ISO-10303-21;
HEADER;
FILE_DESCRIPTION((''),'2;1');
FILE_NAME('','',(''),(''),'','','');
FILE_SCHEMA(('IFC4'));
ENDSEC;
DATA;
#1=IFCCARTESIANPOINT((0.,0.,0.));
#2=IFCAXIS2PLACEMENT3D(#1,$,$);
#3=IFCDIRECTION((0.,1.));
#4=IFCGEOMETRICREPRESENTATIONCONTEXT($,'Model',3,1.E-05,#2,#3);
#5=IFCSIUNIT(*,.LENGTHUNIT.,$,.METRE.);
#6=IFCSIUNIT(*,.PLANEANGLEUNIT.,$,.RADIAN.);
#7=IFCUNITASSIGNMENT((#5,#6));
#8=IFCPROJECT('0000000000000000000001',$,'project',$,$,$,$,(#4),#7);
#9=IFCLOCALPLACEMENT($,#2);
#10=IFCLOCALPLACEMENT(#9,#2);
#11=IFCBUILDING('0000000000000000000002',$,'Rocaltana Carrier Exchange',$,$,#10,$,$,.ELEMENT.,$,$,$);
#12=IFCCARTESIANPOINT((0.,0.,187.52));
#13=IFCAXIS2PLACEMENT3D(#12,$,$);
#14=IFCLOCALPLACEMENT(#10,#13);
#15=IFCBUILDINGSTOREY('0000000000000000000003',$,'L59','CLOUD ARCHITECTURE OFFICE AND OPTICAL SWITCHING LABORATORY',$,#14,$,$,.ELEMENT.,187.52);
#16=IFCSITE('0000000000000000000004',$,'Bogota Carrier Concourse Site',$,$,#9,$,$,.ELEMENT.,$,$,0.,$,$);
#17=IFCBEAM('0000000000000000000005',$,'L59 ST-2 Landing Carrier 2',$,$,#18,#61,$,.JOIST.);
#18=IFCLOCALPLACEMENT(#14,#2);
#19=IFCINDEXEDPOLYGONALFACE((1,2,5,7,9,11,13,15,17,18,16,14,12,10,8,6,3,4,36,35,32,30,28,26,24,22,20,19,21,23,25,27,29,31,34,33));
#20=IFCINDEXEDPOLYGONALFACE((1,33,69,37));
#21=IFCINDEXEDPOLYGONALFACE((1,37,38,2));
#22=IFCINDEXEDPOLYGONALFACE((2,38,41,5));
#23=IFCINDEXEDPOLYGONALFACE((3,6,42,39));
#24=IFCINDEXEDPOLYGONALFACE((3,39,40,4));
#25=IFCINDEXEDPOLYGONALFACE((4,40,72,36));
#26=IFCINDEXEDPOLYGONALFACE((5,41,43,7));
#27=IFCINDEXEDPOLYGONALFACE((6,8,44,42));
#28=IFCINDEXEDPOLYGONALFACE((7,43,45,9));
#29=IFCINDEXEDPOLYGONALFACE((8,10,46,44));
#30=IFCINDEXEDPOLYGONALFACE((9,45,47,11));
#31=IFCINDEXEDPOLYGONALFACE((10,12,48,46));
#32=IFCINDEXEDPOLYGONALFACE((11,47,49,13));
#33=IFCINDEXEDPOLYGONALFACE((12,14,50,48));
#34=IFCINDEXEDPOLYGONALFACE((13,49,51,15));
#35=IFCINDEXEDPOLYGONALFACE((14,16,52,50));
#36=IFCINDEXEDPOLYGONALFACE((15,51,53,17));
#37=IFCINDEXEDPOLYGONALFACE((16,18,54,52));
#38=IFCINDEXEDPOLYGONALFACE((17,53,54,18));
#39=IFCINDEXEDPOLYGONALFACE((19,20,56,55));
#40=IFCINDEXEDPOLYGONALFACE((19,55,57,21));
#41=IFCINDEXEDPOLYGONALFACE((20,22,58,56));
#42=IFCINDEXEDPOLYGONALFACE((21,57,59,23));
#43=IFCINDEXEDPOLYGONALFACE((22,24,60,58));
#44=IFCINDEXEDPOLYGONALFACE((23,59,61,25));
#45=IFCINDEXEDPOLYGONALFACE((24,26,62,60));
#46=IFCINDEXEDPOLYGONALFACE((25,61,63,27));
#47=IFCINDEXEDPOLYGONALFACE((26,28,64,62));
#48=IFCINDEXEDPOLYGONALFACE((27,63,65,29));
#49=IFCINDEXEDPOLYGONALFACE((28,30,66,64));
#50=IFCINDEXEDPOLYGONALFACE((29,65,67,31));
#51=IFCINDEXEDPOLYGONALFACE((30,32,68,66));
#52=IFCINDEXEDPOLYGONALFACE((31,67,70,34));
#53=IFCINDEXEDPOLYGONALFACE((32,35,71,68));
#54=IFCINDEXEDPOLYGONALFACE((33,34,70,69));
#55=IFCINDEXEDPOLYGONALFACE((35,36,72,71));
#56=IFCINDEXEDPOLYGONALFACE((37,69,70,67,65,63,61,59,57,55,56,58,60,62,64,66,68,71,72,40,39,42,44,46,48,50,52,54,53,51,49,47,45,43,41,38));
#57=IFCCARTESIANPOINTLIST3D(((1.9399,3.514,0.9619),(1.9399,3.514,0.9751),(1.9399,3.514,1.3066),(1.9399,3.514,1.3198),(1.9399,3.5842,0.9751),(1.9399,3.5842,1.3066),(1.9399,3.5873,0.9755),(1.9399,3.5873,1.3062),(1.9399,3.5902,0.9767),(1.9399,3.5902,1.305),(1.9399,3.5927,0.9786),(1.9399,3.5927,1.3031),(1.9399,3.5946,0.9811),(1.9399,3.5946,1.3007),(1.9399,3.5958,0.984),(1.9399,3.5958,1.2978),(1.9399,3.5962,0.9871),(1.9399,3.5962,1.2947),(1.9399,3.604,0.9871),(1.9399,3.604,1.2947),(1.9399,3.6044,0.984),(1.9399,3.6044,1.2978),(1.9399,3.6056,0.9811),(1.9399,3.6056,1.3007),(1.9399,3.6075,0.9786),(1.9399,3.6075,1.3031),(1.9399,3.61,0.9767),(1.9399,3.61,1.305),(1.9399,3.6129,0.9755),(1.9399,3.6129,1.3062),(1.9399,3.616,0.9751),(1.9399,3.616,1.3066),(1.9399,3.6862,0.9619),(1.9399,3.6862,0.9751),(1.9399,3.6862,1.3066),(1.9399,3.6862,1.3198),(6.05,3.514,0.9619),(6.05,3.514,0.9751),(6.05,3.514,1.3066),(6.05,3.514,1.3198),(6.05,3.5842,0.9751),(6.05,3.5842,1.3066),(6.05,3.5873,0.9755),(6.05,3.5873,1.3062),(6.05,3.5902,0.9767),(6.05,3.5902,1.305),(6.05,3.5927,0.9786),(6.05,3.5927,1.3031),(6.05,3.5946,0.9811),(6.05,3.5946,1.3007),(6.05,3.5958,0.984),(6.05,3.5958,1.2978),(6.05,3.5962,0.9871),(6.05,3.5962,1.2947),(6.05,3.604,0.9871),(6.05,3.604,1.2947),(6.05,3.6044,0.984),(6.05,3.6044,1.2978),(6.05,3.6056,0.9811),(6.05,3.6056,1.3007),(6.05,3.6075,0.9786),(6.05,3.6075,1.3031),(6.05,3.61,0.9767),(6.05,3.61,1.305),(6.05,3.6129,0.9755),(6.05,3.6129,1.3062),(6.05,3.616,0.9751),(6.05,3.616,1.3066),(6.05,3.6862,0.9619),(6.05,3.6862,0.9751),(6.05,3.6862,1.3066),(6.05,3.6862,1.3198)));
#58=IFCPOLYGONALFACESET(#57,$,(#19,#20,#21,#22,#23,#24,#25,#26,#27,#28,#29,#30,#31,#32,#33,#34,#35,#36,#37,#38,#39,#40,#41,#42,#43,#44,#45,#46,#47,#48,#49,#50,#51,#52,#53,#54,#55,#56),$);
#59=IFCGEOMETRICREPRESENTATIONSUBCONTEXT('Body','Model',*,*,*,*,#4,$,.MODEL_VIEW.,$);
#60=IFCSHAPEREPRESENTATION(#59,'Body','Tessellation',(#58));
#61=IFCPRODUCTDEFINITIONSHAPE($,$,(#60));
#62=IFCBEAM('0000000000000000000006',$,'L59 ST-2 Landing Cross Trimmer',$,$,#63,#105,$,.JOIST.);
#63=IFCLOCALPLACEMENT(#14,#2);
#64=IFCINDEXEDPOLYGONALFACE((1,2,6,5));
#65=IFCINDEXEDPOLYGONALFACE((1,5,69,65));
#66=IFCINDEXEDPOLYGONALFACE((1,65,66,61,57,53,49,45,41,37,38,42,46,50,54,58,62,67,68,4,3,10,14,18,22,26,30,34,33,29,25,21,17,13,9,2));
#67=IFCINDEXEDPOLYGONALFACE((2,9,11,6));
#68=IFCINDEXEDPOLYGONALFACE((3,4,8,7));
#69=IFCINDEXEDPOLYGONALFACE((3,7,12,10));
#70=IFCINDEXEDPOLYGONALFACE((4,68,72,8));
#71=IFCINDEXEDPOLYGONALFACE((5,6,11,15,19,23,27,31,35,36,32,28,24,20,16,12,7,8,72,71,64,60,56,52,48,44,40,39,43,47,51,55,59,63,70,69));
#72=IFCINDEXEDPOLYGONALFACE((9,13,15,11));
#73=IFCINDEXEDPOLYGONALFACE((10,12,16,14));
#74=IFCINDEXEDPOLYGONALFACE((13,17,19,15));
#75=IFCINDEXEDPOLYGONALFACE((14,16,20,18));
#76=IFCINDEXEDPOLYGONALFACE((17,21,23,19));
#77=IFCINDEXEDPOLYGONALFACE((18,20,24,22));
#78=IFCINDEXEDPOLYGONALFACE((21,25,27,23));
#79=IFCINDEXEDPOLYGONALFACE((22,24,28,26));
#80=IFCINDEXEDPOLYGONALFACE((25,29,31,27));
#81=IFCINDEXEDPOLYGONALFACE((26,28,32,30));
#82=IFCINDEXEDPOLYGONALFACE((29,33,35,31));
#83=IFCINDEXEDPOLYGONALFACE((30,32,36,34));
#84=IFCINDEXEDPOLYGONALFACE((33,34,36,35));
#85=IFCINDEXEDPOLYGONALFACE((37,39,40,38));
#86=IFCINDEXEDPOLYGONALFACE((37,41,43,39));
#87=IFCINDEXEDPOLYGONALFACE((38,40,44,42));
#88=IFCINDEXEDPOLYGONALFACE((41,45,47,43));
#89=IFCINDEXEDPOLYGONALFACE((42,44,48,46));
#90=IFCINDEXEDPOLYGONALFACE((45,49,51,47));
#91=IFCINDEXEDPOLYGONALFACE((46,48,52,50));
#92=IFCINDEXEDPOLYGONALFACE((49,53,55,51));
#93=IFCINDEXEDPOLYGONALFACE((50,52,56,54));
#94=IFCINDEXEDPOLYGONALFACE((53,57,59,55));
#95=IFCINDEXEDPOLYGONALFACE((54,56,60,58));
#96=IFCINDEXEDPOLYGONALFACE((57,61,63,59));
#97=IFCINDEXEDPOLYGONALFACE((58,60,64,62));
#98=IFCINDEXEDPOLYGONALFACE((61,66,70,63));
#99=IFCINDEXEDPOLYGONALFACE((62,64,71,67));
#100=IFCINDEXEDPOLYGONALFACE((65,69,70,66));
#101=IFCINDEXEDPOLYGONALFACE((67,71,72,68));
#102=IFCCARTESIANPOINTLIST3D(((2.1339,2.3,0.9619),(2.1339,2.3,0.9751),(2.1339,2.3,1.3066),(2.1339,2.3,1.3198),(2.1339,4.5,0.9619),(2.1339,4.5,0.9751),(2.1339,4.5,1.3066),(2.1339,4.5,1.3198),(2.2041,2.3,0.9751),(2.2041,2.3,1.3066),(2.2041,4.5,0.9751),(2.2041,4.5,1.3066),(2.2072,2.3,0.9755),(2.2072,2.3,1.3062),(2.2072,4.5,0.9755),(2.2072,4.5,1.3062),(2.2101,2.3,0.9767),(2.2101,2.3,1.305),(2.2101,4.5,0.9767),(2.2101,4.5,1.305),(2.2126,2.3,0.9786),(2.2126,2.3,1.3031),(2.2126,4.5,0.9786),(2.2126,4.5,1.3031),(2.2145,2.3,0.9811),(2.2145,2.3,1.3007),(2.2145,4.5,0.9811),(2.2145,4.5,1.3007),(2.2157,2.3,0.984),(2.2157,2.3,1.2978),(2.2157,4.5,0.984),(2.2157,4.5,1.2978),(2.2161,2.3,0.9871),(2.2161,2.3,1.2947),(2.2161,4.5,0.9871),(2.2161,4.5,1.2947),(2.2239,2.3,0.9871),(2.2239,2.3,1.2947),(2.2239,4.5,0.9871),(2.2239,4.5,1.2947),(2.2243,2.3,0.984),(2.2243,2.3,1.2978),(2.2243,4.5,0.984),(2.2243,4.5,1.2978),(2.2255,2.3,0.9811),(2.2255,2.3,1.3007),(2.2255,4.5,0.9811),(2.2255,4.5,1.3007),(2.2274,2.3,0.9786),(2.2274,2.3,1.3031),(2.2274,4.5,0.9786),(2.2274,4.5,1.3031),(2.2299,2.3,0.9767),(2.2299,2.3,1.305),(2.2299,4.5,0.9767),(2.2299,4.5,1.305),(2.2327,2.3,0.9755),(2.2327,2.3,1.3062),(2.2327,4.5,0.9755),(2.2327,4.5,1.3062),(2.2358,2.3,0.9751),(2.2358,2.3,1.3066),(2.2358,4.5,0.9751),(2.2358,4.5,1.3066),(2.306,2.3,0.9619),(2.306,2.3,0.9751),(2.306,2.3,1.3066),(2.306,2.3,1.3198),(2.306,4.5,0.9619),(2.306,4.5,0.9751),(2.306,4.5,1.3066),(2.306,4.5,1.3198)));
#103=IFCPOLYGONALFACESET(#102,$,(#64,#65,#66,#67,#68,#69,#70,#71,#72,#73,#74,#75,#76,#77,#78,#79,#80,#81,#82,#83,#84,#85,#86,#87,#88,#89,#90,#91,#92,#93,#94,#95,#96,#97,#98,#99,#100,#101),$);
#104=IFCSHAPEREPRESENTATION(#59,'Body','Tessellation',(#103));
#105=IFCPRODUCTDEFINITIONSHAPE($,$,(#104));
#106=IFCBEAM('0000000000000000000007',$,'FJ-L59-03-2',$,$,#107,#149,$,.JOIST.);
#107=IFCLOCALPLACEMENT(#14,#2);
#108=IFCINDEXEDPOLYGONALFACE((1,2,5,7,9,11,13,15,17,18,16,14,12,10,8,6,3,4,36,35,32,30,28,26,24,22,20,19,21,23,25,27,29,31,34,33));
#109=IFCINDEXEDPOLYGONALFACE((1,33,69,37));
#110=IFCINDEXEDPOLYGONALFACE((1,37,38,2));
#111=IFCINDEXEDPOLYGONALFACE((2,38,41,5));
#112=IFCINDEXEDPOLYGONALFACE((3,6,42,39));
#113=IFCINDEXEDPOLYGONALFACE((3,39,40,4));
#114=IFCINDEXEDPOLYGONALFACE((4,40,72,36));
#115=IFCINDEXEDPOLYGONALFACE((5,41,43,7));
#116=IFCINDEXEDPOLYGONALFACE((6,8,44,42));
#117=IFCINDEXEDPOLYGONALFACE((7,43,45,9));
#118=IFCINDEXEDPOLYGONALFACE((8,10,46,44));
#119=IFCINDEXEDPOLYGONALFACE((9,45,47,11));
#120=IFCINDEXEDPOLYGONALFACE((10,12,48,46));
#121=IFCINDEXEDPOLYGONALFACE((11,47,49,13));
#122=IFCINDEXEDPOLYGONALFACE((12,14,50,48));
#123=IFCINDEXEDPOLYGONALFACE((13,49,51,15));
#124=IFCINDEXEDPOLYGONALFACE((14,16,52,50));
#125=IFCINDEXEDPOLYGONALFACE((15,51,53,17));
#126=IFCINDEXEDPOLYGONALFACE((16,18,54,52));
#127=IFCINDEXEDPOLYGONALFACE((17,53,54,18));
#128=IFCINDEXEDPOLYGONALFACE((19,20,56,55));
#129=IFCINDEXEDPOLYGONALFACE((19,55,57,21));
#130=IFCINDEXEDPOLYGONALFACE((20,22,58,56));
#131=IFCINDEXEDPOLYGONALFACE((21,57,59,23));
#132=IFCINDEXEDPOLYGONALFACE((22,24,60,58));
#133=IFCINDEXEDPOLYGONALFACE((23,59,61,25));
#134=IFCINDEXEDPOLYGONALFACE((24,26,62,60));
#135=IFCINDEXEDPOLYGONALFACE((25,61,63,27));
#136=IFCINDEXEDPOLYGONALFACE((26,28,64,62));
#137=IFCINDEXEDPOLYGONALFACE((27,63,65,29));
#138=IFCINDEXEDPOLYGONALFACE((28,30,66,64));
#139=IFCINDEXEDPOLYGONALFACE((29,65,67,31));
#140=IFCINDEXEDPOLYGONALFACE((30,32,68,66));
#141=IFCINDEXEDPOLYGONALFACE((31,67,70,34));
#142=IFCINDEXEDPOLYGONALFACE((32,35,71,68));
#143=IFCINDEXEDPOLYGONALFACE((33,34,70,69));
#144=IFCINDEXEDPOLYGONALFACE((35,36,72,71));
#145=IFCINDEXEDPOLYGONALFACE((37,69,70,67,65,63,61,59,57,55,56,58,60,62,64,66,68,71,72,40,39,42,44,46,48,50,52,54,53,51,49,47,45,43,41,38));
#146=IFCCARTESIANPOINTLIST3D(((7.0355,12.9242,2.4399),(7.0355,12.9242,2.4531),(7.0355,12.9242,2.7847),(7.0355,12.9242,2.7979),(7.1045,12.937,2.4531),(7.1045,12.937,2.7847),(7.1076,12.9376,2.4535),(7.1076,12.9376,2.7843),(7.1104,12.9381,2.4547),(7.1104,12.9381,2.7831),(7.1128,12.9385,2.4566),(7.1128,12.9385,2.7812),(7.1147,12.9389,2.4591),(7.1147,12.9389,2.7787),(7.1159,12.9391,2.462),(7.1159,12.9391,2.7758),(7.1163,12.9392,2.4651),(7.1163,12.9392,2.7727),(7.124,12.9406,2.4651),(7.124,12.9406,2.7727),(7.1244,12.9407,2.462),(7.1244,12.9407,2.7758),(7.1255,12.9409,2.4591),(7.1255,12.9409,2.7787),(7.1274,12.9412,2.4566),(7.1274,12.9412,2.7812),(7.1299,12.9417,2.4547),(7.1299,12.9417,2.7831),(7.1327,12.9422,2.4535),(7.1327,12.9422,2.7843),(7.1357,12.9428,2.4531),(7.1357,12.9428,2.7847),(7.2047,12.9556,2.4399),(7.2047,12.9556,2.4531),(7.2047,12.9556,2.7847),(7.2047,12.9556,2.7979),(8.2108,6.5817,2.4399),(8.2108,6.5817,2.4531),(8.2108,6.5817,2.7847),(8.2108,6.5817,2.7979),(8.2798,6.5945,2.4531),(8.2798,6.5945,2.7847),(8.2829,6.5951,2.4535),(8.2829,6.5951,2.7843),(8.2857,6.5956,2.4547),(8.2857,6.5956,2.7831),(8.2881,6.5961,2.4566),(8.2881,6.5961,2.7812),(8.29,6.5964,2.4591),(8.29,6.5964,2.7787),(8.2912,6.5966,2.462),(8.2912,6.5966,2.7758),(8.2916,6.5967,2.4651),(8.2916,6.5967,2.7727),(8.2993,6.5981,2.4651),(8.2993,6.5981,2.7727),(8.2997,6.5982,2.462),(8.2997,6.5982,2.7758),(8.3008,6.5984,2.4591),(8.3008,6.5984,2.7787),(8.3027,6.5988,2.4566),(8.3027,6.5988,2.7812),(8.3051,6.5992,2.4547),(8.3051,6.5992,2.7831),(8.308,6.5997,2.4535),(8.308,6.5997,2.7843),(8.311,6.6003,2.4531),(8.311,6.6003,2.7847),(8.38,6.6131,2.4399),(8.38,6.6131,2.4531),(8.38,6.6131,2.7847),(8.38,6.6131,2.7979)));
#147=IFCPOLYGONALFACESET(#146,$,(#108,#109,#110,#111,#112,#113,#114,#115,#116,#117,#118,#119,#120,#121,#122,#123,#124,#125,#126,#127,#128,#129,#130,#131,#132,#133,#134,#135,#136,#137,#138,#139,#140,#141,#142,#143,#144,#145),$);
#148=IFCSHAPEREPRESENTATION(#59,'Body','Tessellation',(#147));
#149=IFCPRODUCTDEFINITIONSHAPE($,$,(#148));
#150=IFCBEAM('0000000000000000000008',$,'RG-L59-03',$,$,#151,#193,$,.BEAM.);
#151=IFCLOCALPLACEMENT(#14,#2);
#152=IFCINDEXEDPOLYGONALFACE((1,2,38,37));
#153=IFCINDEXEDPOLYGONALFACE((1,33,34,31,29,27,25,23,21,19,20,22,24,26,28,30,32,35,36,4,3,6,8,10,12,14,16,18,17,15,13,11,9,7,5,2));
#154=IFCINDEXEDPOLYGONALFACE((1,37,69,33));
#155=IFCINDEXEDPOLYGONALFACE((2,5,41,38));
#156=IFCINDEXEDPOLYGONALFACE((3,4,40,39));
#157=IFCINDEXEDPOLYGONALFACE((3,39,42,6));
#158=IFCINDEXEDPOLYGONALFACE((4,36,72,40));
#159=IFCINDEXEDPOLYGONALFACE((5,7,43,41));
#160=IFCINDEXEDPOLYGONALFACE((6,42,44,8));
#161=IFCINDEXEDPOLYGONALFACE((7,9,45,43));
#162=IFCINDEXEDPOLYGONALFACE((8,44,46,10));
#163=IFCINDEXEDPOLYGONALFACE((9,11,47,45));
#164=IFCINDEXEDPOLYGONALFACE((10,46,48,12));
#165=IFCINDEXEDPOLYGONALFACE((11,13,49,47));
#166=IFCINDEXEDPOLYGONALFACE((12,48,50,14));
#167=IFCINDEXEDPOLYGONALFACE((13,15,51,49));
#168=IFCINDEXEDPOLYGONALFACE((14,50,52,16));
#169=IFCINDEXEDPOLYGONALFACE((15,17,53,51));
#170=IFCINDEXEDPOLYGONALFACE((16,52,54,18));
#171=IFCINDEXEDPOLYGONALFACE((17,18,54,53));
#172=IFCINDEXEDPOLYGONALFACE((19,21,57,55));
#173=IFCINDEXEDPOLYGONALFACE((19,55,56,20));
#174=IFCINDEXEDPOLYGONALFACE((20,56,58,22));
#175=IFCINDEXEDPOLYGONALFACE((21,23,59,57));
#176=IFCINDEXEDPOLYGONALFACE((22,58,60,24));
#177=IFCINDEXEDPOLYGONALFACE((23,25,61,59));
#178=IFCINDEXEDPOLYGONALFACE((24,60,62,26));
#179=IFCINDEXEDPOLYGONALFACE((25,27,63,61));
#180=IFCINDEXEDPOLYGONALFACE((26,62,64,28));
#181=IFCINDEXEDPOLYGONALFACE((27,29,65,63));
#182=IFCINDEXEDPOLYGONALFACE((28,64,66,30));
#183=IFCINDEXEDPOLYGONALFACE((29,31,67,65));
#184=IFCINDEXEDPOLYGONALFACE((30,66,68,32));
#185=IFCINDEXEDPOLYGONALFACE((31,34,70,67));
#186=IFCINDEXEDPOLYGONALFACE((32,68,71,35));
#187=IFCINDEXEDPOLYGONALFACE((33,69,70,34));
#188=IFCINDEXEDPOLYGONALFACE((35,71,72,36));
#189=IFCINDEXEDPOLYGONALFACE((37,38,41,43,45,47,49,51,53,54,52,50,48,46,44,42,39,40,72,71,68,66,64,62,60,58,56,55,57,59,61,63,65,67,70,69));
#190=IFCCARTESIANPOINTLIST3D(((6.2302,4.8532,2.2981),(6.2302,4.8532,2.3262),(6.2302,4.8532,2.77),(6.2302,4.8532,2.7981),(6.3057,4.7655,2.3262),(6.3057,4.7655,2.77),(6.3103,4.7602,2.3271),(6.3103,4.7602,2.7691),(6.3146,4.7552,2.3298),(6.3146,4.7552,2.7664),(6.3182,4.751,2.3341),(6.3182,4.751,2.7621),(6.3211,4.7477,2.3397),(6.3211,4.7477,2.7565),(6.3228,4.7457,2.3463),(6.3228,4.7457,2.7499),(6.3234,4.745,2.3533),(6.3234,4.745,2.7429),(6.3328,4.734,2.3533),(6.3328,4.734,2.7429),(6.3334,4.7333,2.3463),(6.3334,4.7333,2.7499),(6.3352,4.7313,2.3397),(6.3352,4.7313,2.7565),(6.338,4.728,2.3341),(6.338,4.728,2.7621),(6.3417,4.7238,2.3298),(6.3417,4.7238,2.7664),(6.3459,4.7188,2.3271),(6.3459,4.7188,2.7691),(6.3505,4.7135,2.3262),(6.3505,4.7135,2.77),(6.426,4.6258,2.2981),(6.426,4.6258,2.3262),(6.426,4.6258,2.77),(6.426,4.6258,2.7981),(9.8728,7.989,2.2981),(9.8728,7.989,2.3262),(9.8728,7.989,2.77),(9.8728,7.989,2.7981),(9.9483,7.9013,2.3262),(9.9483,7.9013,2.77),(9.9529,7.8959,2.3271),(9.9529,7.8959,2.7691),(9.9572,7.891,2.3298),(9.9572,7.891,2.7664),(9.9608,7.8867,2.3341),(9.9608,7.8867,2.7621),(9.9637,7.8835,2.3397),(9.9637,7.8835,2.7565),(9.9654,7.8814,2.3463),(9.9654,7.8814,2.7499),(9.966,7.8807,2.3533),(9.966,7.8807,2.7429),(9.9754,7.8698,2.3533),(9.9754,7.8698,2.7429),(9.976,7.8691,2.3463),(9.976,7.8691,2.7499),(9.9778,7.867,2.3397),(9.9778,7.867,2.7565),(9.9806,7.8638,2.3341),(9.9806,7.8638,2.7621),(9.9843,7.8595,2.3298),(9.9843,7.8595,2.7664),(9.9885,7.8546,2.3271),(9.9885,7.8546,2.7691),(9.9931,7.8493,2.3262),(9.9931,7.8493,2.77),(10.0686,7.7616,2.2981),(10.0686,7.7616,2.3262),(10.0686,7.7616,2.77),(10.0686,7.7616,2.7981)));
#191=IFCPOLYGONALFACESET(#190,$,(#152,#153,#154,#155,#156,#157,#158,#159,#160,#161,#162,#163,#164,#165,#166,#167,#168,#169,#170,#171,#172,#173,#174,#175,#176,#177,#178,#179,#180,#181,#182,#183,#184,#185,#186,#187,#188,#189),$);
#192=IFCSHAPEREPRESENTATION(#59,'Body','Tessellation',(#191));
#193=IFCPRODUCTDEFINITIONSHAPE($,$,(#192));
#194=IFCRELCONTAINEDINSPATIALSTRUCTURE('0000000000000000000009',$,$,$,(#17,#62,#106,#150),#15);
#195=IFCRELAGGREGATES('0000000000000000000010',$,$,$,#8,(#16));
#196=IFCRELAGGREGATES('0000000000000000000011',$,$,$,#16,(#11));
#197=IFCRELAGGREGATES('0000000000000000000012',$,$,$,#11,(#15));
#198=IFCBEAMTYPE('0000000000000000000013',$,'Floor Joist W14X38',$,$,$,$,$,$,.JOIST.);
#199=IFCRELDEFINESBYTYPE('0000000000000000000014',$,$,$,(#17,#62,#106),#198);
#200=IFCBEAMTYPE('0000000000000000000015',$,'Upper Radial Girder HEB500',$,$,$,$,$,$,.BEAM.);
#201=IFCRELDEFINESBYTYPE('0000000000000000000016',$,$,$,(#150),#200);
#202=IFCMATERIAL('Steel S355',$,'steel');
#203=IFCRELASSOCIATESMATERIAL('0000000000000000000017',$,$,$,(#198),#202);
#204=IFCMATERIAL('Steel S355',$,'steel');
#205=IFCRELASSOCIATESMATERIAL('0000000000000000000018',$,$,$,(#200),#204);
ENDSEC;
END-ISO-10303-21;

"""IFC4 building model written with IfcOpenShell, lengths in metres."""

from ifc_helpers import new_model, si_unit, direction, frame, origin, origin_2d, place, context, subcontext, project, spatial, i_section, extrude, material, material_profile, profile_set, type_object, element, save


model = new_model("IFC4")

# Units and contexts
model_context = context("Model", 3, precision=1e-05, world=origin(), true_north=direction((0.0, 1.0)))
body_context = subcontext(model_context, "Body", "Model", "MODEL_VIEW")
ifc_project = project(units=[si_unit("LENGTHUNIT", "METRE"), si_unit("PLANEANGLEUNIT", "RADIAN")], contexts=[model_context])

# Site, building, storey
site_placement = place(None, origin())
site = spatial("IfcSite", under=ifc_project, at=site_placement, Name="Bogota Carrier Concourse Site", CompositionType="ELEMENT", RefElevation=0.0)
building_placement = place(site_placement, origin())
building = spatial("IfcBuilding", under=site, at=building_placement, Name="Rocaltana Carrier Exchange", CompositionType="ELEMENT")
storey_placement = place(building_placement, frame((0.0, 0.0, 187.52)))
storey = spatial("IfcBuildingStorey", under=building, at=storey_placement, Name="L59", Description="CLOUD ARCHITECTURE OFFICE AND OPTICAL SWITCHING LABORATORY", CompositionType="ELEMENT", Elevation=187.52)

# Beams
ifc_material_1 = material(Name="Steel S355", Category="steel")
ifc_material_profile_1 = material_profile(ifc_material_1, i_section(OverallWidth=0.1721, OverallDepth=0.3579, WebThickness=0.0078, FlangeThickness=0.0132, FilletRadius=0.012, at=origin_2d()), Name="W14X38")
ifc_profile_set_1 = profile_set([ifc_material_profile_1], Name="Steel S355")
beam_type_1 = type_object("IfcBeamType", Name="Floor Joist W14X38", PredefinedType="JOIST", material=ifc_profile_set_1)
for number, where, z_axis, x_axis, name in (
    (1, (1.9399, 3.6001, 1.1409), (1.0, 0.0, 0.0), (0.0, 1.0, 0.0), "L59 ST-2 Landing Carrier 2"),
):
    element("IfcBeam", number, at=place(storey_placement, frame(where, z_axis=z_axis, x_axis=x_axis)), inside=storey, type_object=beam_type_1, Name=name, PredefinedType="JOIST", context=body_context, shape_type="SweptSolid", body=[
        extrude(i_section(OverallWidth=0.1721, OverallDepth=0.3579, WebThickness=0.0078, FlangeThickness=0.0132, FilletRadius=0.012, at=origin_2d()), origin(), (0.0, 0.0, 1.0), 4.1101),
    ])
beam_1_placement = place(storey_placement, frame((2.22, 2.3, 1.1409), z_axis=(0.0, 1.0, 0.0), x_axis=(-1.0, 0.0, 0.0)))
element("IfcBeam", 2, at=beam_1_placement, inside=storey, type_object=beam_type_1, Name="L59 ST-2 Landing Cross Trimmer", PredefinedType="JOIST", context=body_context, shape_type="SweptSolid", body=[
    extrude(i_section(OverallWidth=0.1721, OverallDepth=0.3579, WebThickness=0.0078, FlangeThickness=0.0132, FilletRadius=0.012, at=origin_2d()), origin(), (0.0, 0.0, 1.0), 2.2),
])
beam_2_placement = place(storey_placement, frame((8.2954, 6.5974, 2.6189), z_axis=(-0.182202, 0.983261, 0.0), x_axis=(-0.983261, -0.182202, 0.0)))
element("IfcBeam", 3, at=beam_2_placement, inside=storey, type_object=beam_type_1, Name="FJ-L59-03-2", PredefinedType="JOIST", context=body_context, shape_type="SweptSolid", body=[
    extrude(i_section(OverallWidth=0.1721, OverallDepth=0.3579, WebThickness=0.0078, FlangeThickness=0.0132, FilletRadius=0.012, at=origin_2d()), origin(), (0.0, 0.0, 1.0), 6.4504),
])
ifc_material_2 = material(Name="Steel S355", Category="steel")
ifc_material_profile_2 = material_profile(ifc_material_2, i_section(OverallWidth=0.3, OverallDepth=0.5, WebThickness=0.0144, FlangeThickness=0.0281, FilletRadius=0.0271, at=origin_2d()), Name="HEB500")
ifc_profile_set_2 = profile_set([ifc_material_profile_2], Name="Steel S355")
beam_type_2 = type_object("IfcBeamType", Name="Upper Radial Girder HEB500", PredefinedType="BEAM", material=ifc_profile_set_2)
beam_3_placement = place(storey_placement, frame((6.3281, 4.7395, 2.5481), z_axis=(0.757864, 0.652413, 0.0), x_axis=(-0.652413, 0.757864, 0.0)))
element("IfcBeam", 4, at=beam_3_placement, inside=storey, type_object=beam_type_2, Name="RG-L59-03", PredefinedType="BEAM", context=body_context, shape_type="SweptSolid", body=[
    extrude(i_section(OverallWidth=0.3, OverallDepth=0.5, WebThickness=0.0144, FlangeThickness=0.0281, FilletRadius=0.0271, at=origin_2d()), origin(), (0.0, 0.0, 1.0), 4.8064),
])

save(model, "model.ifc")
